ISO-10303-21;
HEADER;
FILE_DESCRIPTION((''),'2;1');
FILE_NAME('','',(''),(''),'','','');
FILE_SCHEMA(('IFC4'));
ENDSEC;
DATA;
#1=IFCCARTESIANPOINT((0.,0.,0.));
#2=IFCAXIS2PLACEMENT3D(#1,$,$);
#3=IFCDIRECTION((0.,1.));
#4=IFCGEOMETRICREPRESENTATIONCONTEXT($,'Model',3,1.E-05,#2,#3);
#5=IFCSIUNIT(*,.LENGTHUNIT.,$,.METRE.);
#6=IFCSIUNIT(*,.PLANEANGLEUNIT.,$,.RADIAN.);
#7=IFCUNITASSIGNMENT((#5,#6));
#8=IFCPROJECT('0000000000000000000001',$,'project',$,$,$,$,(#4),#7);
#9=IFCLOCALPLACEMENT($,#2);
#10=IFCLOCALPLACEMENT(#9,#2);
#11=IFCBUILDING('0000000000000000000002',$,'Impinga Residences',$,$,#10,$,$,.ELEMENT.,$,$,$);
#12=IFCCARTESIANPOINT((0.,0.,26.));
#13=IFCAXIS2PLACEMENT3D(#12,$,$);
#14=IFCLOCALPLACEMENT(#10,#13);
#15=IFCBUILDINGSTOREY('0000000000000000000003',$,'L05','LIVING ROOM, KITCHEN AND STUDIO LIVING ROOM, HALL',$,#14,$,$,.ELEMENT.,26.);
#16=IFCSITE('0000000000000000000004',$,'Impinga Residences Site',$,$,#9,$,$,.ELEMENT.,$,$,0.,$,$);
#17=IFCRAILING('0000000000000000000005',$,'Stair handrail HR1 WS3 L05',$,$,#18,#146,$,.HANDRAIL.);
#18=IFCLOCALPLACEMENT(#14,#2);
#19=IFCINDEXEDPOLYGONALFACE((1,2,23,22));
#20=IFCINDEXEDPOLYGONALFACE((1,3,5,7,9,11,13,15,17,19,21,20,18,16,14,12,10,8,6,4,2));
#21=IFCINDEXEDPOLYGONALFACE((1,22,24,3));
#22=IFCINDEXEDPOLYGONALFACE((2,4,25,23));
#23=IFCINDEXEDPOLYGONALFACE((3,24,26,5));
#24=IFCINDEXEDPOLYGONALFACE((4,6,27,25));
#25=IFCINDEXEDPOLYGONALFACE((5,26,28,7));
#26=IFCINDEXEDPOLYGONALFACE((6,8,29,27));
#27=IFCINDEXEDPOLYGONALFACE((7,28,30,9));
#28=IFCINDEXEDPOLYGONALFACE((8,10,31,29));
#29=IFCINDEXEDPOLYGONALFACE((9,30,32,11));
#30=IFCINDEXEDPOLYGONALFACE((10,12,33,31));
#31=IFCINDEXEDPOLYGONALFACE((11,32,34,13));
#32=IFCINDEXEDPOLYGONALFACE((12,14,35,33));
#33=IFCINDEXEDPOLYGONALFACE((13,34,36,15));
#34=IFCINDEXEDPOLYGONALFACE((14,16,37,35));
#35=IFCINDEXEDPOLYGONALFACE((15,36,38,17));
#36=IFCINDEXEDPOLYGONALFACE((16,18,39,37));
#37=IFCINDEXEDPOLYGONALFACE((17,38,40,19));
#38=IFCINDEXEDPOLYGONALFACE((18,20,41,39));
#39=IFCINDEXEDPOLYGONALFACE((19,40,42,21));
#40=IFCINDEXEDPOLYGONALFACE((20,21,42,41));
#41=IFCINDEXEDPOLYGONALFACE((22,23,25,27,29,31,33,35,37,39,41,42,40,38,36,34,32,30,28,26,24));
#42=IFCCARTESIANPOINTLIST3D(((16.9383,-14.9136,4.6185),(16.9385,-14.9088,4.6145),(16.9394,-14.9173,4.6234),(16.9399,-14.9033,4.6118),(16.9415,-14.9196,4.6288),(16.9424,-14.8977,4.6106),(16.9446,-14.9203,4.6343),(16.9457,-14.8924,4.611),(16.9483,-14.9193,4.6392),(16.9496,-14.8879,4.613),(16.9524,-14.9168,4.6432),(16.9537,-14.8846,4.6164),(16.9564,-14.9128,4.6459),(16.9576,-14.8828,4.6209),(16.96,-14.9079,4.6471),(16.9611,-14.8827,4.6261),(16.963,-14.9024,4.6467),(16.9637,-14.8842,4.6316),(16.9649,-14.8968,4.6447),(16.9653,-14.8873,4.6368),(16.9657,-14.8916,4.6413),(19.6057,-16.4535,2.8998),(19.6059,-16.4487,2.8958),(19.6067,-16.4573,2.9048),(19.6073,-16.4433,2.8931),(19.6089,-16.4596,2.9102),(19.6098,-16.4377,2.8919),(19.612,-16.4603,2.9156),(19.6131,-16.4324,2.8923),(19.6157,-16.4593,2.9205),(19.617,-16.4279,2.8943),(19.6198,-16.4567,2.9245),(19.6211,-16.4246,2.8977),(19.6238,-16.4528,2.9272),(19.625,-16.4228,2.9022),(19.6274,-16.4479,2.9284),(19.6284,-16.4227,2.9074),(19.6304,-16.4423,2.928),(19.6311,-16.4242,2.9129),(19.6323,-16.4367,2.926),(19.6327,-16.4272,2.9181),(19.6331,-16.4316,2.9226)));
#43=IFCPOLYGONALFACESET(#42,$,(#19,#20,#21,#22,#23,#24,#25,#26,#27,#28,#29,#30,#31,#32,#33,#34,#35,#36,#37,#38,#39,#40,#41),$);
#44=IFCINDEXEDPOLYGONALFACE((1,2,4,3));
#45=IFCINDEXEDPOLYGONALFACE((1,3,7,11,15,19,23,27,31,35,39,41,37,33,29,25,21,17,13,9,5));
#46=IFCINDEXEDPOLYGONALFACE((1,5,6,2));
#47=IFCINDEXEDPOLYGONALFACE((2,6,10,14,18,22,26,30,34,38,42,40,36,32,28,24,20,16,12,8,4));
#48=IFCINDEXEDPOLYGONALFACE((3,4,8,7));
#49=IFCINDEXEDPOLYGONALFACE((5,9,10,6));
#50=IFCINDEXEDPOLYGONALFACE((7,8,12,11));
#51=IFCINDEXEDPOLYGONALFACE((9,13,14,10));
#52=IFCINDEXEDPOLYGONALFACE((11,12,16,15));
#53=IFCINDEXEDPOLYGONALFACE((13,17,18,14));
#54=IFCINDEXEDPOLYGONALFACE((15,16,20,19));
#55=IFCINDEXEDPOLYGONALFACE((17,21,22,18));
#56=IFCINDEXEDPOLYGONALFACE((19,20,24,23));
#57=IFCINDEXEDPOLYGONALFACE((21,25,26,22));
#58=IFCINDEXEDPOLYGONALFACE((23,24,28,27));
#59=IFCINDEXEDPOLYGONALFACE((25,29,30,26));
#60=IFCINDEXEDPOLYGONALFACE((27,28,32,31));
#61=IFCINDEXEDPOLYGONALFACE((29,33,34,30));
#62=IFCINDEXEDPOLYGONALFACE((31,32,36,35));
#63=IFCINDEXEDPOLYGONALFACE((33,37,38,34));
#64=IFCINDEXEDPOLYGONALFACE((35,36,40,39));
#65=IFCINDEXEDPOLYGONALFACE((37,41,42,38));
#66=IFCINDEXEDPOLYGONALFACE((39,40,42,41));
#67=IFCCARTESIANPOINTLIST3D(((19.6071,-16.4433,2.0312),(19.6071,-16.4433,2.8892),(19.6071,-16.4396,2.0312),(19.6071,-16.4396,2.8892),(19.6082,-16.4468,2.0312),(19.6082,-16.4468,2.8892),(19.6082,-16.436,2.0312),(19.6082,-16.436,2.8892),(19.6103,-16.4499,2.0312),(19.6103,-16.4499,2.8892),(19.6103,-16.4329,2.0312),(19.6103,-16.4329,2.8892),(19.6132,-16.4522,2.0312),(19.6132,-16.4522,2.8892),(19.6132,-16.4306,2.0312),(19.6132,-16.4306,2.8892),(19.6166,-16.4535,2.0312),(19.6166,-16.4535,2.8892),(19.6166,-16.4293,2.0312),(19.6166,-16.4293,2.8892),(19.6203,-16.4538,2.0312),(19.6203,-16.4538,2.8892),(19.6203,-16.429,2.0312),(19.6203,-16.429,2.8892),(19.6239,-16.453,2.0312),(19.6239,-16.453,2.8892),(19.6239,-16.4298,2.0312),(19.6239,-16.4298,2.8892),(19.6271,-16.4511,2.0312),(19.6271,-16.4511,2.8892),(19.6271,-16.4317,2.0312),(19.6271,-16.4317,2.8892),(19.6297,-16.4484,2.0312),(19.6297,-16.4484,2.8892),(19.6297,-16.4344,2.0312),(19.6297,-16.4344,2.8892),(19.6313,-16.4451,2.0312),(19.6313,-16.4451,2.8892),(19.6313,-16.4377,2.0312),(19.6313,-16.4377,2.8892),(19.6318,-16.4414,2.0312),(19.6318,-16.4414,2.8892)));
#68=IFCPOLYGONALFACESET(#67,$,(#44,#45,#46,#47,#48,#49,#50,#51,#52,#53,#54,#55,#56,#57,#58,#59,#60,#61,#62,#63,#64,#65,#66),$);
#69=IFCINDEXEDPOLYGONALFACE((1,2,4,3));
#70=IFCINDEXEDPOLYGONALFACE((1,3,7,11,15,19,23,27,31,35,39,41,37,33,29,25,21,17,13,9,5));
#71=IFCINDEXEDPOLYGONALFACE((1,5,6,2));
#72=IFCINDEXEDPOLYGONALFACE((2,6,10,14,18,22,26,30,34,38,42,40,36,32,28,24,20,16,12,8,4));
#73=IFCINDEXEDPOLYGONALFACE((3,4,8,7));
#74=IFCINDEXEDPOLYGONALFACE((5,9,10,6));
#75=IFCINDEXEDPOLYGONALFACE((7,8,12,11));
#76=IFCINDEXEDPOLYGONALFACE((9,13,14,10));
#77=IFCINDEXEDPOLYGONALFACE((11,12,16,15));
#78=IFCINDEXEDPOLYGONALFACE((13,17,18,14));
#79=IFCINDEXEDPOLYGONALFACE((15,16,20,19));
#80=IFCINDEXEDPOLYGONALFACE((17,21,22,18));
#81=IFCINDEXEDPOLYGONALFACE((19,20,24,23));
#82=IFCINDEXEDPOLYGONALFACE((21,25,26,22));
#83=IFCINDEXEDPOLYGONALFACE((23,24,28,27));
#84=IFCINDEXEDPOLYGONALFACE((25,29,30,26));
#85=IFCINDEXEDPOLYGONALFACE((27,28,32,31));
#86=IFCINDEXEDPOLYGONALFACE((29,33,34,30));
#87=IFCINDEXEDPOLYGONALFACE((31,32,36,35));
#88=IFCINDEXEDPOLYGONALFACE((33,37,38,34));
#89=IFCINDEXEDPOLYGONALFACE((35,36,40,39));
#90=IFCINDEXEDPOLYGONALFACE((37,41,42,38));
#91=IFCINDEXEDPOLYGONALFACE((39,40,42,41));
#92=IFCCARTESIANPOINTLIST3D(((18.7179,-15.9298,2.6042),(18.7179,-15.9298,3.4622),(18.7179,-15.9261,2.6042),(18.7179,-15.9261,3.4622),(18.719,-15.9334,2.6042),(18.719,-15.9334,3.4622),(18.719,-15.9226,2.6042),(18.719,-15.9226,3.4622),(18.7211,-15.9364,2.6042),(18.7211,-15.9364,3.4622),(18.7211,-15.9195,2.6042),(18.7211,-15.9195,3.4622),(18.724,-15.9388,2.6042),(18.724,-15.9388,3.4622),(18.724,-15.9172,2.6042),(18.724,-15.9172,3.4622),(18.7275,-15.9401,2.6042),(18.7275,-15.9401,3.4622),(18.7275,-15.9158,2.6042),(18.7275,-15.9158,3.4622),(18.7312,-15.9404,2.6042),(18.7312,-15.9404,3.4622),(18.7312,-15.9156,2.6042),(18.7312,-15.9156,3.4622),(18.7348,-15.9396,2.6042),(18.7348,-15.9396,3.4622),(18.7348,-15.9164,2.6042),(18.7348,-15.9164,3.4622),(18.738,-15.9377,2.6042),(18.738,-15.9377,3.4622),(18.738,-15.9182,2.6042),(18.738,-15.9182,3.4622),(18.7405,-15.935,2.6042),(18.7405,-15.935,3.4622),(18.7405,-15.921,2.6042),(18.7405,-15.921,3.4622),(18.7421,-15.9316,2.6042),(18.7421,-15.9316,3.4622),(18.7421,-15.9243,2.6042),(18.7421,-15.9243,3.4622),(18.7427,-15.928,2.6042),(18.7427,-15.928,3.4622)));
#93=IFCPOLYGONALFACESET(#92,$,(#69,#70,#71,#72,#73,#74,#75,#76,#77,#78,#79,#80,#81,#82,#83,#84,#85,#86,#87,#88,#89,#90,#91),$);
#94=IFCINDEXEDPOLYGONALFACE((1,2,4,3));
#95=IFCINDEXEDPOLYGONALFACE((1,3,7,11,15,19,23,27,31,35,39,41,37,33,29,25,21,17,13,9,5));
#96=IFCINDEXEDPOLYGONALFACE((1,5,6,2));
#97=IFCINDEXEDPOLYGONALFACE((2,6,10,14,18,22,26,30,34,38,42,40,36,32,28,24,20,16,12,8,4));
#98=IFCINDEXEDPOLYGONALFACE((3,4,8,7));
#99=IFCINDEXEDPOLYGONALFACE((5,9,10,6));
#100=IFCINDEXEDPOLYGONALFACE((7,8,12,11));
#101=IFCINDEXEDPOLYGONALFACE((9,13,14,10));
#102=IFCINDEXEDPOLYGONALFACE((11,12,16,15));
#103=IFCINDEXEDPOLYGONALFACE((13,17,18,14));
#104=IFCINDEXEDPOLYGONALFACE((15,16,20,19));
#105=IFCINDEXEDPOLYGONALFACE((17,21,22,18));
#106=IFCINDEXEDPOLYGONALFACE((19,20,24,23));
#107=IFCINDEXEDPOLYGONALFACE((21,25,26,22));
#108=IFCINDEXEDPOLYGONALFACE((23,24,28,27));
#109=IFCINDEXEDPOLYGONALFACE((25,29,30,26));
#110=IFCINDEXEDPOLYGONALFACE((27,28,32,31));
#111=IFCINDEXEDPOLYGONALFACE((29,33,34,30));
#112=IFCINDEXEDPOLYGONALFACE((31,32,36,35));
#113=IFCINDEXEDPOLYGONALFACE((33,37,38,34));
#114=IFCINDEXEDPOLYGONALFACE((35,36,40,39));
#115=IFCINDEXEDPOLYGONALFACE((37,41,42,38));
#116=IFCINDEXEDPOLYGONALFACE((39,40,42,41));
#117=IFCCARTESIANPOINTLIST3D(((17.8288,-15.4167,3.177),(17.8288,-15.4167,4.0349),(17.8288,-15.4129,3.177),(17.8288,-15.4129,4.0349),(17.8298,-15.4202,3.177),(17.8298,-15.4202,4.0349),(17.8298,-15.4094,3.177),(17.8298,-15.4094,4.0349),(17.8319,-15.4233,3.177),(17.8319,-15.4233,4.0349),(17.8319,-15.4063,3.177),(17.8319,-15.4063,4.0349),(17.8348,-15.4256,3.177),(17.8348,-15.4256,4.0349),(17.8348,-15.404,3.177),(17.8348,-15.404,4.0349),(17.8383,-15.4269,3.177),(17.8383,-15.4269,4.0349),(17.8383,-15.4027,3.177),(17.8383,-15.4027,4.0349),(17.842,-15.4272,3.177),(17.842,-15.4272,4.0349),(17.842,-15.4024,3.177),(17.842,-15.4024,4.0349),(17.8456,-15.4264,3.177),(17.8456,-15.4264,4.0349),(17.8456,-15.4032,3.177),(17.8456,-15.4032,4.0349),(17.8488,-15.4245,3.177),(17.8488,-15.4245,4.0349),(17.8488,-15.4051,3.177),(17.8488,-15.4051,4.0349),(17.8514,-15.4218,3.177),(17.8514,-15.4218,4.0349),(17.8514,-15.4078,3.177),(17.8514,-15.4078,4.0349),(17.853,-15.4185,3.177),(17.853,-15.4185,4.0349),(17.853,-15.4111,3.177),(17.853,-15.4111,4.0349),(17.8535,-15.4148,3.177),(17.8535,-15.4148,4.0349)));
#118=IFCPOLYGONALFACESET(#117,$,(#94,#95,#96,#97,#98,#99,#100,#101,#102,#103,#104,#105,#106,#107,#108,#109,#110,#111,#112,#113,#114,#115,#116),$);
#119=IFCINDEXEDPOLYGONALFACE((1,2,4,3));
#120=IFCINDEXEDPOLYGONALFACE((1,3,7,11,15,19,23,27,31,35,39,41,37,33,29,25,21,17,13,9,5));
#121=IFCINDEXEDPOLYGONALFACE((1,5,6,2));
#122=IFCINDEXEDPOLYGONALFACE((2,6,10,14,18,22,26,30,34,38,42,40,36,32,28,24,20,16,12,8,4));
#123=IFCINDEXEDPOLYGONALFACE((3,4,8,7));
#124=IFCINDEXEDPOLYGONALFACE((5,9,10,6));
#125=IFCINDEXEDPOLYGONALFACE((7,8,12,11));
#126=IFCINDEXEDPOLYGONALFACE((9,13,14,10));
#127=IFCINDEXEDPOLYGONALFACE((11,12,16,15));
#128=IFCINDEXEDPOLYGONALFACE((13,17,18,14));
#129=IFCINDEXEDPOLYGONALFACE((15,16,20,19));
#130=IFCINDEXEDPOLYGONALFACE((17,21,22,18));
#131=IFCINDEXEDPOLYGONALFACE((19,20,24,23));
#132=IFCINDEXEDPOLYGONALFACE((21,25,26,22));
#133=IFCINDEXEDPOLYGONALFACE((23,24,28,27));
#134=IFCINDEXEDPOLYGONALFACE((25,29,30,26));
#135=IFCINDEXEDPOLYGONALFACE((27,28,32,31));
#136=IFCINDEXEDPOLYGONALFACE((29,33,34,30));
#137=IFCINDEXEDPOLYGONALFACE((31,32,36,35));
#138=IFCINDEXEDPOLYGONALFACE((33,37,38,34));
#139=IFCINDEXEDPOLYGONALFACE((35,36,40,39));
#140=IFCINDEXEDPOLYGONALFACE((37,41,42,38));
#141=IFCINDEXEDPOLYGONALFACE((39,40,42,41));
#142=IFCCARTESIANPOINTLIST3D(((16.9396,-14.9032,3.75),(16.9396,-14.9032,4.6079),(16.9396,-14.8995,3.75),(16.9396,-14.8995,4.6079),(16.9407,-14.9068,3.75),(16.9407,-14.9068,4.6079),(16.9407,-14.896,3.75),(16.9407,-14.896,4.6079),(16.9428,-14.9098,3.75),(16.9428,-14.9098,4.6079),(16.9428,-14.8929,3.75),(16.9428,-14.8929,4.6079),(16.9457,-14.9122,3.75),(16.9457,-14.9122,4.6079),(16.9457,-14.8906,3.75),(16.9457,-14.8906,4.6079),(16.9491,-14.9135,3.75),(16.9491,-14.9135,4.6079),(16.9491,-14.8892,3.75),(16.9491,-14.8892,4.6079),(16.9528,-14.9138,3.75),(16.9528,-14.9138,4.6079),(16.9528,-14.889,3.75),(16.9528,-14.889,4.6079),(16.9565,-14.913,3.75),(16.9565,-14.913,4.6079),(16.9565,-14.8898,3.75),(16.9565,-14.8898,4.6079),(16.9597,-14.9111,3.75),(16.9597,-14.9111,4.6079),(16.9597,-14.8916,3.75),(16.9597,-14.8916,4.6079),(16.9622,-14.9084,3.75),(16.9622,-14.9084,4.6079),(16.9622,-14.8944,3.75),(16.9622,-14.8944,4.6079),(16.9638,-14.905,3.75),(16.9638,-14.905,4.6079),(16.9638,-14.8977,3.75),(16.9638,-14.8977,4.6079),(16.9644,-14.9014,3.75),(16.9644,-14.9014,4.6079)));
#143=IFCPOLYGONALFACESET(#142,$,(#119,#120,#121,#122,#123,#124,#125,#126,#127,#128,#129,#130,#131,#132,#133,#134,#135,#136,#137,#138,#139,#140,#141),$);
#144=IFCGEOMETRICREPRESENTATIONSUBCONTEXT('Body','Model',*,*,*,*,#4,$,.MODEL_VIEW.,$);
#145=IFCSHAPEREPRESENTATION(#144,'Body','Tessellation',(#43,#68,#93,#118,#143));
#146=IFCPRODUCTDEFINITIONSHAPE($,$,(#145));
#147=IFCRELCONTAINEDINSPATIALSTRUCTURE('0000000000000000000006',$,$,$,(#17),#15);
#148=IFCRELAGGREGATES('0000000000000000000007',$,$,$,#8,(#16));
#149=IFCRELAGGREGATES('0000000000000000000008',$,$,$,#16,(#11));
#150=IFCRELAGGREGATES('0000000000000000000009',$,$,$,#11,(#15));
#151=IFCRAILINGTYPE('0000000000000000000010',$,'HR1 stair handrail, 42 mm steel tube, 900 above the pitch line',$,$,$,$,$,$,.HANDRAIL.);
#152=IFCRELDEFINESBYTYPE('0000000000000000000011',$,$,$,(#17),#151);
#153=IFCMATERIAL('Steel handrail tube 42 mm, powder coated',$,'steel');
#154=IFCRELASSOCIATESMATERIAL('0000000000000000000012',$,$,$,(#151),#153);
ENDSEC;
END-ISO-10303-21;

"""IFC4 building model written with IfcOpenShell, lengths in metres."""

from ifc_helpers import new_model, si_unit, direction, frame, origin, origin_2d, place, context, subcontext, project, spatial, circle, extrude, material, type_object, element, save


model = new_model("IFC4")

# Units and contexts
model_context = context("Model", 3, precision=1e-05, world=origin(), true_north=direction((0.0, 1.0)))
body_context = subcontext(model_context, "Body", "Model", "MODEL_VIEW")
ifc_project = project(units=[si_unit("LENGTHUNIT", "METRE"), si_unit("PLANEANGLEUNIT", "RADIAN")], contexts=[model_context])

# Site, building, storey
site_placement = place(None, origin())
site = spatial("IfcSite", under=ifc_project, at=site_placement, Name="Impinga Residences Site", CompositionType="ELEMENT", RefElevation=0.0)
building_placement = place(site_placement, origin())
building = spatial("IfcBuilding", under=site, at=building_placement, Name="Impinga Residences", CompositionType="ELEMENT")
storey_placement = place(building_placement, frame((0.0, 0.0, 26.0)))
storey = spatial("IfcBuildingStorey", under=building, at=storey_placement, Name="L05", Description="LIVING ROOM, KITCHEN AND STUDIO LIVING ROOM, HALL", CompositionType="ELEMENT", Elevation=26.0)

# Railing
ifc_material_1 = material(Name="Steel handrail tube 42 mm, powder coated", Category="steel")
railing_type_1 = type_object("IfcRailingType", Name="HR1 stair handrail, 42 mm steel tube, 900 above the pitch line", PredefinedType="HANDRAIL", material=ifc_material_1)
railing_1_placement = place(storey_placement, frame((19.6194, -16.4414, 2.0312)))
element("IfcRailing", 1, at=railing_1_placement, inside=storey, type_object=railing_type_1, Name="Stair handrail HR1 WS3 L05", PredefinedType="HANDRAIL", context=body_context, shape_type="SweptSolid", body=[
    extrude(circle(Radius=0.021, at=origin_2d()), frame((0.0, 0.0, 0.8789), z_axis=(-0.756256, 0.436616, 0.487282), x_axis=(-0.499992, -0.86603, 0.0)), (0.0, 0.0, 1.0), 3.5271),
    extrude(circle(Radius=0.0125, at=origin_2d()), origin(), (0.0, 0.0, 1.0), 0.8579),
    extrude(circle(Radius=0.0125, at=origin_2d()), frame((-0.8892, 0.5134, 0.573)), (0.0, 0.0, 1.0), 0.8579),
    extrude(circle(Radius=0.0125, at=origin_2d()), frame((-1.7783, 1.0266, 1.1458)), (0.0, 0.0, 1.0), 0.8579),
    extrude(circle(Radius=0.0125, at=origin_2d()), frame((-2.6675, 1.54, 1.7188)), (0.0, 0.0, 1.0), 0.8579),
])

save(model, "model.ifc")
